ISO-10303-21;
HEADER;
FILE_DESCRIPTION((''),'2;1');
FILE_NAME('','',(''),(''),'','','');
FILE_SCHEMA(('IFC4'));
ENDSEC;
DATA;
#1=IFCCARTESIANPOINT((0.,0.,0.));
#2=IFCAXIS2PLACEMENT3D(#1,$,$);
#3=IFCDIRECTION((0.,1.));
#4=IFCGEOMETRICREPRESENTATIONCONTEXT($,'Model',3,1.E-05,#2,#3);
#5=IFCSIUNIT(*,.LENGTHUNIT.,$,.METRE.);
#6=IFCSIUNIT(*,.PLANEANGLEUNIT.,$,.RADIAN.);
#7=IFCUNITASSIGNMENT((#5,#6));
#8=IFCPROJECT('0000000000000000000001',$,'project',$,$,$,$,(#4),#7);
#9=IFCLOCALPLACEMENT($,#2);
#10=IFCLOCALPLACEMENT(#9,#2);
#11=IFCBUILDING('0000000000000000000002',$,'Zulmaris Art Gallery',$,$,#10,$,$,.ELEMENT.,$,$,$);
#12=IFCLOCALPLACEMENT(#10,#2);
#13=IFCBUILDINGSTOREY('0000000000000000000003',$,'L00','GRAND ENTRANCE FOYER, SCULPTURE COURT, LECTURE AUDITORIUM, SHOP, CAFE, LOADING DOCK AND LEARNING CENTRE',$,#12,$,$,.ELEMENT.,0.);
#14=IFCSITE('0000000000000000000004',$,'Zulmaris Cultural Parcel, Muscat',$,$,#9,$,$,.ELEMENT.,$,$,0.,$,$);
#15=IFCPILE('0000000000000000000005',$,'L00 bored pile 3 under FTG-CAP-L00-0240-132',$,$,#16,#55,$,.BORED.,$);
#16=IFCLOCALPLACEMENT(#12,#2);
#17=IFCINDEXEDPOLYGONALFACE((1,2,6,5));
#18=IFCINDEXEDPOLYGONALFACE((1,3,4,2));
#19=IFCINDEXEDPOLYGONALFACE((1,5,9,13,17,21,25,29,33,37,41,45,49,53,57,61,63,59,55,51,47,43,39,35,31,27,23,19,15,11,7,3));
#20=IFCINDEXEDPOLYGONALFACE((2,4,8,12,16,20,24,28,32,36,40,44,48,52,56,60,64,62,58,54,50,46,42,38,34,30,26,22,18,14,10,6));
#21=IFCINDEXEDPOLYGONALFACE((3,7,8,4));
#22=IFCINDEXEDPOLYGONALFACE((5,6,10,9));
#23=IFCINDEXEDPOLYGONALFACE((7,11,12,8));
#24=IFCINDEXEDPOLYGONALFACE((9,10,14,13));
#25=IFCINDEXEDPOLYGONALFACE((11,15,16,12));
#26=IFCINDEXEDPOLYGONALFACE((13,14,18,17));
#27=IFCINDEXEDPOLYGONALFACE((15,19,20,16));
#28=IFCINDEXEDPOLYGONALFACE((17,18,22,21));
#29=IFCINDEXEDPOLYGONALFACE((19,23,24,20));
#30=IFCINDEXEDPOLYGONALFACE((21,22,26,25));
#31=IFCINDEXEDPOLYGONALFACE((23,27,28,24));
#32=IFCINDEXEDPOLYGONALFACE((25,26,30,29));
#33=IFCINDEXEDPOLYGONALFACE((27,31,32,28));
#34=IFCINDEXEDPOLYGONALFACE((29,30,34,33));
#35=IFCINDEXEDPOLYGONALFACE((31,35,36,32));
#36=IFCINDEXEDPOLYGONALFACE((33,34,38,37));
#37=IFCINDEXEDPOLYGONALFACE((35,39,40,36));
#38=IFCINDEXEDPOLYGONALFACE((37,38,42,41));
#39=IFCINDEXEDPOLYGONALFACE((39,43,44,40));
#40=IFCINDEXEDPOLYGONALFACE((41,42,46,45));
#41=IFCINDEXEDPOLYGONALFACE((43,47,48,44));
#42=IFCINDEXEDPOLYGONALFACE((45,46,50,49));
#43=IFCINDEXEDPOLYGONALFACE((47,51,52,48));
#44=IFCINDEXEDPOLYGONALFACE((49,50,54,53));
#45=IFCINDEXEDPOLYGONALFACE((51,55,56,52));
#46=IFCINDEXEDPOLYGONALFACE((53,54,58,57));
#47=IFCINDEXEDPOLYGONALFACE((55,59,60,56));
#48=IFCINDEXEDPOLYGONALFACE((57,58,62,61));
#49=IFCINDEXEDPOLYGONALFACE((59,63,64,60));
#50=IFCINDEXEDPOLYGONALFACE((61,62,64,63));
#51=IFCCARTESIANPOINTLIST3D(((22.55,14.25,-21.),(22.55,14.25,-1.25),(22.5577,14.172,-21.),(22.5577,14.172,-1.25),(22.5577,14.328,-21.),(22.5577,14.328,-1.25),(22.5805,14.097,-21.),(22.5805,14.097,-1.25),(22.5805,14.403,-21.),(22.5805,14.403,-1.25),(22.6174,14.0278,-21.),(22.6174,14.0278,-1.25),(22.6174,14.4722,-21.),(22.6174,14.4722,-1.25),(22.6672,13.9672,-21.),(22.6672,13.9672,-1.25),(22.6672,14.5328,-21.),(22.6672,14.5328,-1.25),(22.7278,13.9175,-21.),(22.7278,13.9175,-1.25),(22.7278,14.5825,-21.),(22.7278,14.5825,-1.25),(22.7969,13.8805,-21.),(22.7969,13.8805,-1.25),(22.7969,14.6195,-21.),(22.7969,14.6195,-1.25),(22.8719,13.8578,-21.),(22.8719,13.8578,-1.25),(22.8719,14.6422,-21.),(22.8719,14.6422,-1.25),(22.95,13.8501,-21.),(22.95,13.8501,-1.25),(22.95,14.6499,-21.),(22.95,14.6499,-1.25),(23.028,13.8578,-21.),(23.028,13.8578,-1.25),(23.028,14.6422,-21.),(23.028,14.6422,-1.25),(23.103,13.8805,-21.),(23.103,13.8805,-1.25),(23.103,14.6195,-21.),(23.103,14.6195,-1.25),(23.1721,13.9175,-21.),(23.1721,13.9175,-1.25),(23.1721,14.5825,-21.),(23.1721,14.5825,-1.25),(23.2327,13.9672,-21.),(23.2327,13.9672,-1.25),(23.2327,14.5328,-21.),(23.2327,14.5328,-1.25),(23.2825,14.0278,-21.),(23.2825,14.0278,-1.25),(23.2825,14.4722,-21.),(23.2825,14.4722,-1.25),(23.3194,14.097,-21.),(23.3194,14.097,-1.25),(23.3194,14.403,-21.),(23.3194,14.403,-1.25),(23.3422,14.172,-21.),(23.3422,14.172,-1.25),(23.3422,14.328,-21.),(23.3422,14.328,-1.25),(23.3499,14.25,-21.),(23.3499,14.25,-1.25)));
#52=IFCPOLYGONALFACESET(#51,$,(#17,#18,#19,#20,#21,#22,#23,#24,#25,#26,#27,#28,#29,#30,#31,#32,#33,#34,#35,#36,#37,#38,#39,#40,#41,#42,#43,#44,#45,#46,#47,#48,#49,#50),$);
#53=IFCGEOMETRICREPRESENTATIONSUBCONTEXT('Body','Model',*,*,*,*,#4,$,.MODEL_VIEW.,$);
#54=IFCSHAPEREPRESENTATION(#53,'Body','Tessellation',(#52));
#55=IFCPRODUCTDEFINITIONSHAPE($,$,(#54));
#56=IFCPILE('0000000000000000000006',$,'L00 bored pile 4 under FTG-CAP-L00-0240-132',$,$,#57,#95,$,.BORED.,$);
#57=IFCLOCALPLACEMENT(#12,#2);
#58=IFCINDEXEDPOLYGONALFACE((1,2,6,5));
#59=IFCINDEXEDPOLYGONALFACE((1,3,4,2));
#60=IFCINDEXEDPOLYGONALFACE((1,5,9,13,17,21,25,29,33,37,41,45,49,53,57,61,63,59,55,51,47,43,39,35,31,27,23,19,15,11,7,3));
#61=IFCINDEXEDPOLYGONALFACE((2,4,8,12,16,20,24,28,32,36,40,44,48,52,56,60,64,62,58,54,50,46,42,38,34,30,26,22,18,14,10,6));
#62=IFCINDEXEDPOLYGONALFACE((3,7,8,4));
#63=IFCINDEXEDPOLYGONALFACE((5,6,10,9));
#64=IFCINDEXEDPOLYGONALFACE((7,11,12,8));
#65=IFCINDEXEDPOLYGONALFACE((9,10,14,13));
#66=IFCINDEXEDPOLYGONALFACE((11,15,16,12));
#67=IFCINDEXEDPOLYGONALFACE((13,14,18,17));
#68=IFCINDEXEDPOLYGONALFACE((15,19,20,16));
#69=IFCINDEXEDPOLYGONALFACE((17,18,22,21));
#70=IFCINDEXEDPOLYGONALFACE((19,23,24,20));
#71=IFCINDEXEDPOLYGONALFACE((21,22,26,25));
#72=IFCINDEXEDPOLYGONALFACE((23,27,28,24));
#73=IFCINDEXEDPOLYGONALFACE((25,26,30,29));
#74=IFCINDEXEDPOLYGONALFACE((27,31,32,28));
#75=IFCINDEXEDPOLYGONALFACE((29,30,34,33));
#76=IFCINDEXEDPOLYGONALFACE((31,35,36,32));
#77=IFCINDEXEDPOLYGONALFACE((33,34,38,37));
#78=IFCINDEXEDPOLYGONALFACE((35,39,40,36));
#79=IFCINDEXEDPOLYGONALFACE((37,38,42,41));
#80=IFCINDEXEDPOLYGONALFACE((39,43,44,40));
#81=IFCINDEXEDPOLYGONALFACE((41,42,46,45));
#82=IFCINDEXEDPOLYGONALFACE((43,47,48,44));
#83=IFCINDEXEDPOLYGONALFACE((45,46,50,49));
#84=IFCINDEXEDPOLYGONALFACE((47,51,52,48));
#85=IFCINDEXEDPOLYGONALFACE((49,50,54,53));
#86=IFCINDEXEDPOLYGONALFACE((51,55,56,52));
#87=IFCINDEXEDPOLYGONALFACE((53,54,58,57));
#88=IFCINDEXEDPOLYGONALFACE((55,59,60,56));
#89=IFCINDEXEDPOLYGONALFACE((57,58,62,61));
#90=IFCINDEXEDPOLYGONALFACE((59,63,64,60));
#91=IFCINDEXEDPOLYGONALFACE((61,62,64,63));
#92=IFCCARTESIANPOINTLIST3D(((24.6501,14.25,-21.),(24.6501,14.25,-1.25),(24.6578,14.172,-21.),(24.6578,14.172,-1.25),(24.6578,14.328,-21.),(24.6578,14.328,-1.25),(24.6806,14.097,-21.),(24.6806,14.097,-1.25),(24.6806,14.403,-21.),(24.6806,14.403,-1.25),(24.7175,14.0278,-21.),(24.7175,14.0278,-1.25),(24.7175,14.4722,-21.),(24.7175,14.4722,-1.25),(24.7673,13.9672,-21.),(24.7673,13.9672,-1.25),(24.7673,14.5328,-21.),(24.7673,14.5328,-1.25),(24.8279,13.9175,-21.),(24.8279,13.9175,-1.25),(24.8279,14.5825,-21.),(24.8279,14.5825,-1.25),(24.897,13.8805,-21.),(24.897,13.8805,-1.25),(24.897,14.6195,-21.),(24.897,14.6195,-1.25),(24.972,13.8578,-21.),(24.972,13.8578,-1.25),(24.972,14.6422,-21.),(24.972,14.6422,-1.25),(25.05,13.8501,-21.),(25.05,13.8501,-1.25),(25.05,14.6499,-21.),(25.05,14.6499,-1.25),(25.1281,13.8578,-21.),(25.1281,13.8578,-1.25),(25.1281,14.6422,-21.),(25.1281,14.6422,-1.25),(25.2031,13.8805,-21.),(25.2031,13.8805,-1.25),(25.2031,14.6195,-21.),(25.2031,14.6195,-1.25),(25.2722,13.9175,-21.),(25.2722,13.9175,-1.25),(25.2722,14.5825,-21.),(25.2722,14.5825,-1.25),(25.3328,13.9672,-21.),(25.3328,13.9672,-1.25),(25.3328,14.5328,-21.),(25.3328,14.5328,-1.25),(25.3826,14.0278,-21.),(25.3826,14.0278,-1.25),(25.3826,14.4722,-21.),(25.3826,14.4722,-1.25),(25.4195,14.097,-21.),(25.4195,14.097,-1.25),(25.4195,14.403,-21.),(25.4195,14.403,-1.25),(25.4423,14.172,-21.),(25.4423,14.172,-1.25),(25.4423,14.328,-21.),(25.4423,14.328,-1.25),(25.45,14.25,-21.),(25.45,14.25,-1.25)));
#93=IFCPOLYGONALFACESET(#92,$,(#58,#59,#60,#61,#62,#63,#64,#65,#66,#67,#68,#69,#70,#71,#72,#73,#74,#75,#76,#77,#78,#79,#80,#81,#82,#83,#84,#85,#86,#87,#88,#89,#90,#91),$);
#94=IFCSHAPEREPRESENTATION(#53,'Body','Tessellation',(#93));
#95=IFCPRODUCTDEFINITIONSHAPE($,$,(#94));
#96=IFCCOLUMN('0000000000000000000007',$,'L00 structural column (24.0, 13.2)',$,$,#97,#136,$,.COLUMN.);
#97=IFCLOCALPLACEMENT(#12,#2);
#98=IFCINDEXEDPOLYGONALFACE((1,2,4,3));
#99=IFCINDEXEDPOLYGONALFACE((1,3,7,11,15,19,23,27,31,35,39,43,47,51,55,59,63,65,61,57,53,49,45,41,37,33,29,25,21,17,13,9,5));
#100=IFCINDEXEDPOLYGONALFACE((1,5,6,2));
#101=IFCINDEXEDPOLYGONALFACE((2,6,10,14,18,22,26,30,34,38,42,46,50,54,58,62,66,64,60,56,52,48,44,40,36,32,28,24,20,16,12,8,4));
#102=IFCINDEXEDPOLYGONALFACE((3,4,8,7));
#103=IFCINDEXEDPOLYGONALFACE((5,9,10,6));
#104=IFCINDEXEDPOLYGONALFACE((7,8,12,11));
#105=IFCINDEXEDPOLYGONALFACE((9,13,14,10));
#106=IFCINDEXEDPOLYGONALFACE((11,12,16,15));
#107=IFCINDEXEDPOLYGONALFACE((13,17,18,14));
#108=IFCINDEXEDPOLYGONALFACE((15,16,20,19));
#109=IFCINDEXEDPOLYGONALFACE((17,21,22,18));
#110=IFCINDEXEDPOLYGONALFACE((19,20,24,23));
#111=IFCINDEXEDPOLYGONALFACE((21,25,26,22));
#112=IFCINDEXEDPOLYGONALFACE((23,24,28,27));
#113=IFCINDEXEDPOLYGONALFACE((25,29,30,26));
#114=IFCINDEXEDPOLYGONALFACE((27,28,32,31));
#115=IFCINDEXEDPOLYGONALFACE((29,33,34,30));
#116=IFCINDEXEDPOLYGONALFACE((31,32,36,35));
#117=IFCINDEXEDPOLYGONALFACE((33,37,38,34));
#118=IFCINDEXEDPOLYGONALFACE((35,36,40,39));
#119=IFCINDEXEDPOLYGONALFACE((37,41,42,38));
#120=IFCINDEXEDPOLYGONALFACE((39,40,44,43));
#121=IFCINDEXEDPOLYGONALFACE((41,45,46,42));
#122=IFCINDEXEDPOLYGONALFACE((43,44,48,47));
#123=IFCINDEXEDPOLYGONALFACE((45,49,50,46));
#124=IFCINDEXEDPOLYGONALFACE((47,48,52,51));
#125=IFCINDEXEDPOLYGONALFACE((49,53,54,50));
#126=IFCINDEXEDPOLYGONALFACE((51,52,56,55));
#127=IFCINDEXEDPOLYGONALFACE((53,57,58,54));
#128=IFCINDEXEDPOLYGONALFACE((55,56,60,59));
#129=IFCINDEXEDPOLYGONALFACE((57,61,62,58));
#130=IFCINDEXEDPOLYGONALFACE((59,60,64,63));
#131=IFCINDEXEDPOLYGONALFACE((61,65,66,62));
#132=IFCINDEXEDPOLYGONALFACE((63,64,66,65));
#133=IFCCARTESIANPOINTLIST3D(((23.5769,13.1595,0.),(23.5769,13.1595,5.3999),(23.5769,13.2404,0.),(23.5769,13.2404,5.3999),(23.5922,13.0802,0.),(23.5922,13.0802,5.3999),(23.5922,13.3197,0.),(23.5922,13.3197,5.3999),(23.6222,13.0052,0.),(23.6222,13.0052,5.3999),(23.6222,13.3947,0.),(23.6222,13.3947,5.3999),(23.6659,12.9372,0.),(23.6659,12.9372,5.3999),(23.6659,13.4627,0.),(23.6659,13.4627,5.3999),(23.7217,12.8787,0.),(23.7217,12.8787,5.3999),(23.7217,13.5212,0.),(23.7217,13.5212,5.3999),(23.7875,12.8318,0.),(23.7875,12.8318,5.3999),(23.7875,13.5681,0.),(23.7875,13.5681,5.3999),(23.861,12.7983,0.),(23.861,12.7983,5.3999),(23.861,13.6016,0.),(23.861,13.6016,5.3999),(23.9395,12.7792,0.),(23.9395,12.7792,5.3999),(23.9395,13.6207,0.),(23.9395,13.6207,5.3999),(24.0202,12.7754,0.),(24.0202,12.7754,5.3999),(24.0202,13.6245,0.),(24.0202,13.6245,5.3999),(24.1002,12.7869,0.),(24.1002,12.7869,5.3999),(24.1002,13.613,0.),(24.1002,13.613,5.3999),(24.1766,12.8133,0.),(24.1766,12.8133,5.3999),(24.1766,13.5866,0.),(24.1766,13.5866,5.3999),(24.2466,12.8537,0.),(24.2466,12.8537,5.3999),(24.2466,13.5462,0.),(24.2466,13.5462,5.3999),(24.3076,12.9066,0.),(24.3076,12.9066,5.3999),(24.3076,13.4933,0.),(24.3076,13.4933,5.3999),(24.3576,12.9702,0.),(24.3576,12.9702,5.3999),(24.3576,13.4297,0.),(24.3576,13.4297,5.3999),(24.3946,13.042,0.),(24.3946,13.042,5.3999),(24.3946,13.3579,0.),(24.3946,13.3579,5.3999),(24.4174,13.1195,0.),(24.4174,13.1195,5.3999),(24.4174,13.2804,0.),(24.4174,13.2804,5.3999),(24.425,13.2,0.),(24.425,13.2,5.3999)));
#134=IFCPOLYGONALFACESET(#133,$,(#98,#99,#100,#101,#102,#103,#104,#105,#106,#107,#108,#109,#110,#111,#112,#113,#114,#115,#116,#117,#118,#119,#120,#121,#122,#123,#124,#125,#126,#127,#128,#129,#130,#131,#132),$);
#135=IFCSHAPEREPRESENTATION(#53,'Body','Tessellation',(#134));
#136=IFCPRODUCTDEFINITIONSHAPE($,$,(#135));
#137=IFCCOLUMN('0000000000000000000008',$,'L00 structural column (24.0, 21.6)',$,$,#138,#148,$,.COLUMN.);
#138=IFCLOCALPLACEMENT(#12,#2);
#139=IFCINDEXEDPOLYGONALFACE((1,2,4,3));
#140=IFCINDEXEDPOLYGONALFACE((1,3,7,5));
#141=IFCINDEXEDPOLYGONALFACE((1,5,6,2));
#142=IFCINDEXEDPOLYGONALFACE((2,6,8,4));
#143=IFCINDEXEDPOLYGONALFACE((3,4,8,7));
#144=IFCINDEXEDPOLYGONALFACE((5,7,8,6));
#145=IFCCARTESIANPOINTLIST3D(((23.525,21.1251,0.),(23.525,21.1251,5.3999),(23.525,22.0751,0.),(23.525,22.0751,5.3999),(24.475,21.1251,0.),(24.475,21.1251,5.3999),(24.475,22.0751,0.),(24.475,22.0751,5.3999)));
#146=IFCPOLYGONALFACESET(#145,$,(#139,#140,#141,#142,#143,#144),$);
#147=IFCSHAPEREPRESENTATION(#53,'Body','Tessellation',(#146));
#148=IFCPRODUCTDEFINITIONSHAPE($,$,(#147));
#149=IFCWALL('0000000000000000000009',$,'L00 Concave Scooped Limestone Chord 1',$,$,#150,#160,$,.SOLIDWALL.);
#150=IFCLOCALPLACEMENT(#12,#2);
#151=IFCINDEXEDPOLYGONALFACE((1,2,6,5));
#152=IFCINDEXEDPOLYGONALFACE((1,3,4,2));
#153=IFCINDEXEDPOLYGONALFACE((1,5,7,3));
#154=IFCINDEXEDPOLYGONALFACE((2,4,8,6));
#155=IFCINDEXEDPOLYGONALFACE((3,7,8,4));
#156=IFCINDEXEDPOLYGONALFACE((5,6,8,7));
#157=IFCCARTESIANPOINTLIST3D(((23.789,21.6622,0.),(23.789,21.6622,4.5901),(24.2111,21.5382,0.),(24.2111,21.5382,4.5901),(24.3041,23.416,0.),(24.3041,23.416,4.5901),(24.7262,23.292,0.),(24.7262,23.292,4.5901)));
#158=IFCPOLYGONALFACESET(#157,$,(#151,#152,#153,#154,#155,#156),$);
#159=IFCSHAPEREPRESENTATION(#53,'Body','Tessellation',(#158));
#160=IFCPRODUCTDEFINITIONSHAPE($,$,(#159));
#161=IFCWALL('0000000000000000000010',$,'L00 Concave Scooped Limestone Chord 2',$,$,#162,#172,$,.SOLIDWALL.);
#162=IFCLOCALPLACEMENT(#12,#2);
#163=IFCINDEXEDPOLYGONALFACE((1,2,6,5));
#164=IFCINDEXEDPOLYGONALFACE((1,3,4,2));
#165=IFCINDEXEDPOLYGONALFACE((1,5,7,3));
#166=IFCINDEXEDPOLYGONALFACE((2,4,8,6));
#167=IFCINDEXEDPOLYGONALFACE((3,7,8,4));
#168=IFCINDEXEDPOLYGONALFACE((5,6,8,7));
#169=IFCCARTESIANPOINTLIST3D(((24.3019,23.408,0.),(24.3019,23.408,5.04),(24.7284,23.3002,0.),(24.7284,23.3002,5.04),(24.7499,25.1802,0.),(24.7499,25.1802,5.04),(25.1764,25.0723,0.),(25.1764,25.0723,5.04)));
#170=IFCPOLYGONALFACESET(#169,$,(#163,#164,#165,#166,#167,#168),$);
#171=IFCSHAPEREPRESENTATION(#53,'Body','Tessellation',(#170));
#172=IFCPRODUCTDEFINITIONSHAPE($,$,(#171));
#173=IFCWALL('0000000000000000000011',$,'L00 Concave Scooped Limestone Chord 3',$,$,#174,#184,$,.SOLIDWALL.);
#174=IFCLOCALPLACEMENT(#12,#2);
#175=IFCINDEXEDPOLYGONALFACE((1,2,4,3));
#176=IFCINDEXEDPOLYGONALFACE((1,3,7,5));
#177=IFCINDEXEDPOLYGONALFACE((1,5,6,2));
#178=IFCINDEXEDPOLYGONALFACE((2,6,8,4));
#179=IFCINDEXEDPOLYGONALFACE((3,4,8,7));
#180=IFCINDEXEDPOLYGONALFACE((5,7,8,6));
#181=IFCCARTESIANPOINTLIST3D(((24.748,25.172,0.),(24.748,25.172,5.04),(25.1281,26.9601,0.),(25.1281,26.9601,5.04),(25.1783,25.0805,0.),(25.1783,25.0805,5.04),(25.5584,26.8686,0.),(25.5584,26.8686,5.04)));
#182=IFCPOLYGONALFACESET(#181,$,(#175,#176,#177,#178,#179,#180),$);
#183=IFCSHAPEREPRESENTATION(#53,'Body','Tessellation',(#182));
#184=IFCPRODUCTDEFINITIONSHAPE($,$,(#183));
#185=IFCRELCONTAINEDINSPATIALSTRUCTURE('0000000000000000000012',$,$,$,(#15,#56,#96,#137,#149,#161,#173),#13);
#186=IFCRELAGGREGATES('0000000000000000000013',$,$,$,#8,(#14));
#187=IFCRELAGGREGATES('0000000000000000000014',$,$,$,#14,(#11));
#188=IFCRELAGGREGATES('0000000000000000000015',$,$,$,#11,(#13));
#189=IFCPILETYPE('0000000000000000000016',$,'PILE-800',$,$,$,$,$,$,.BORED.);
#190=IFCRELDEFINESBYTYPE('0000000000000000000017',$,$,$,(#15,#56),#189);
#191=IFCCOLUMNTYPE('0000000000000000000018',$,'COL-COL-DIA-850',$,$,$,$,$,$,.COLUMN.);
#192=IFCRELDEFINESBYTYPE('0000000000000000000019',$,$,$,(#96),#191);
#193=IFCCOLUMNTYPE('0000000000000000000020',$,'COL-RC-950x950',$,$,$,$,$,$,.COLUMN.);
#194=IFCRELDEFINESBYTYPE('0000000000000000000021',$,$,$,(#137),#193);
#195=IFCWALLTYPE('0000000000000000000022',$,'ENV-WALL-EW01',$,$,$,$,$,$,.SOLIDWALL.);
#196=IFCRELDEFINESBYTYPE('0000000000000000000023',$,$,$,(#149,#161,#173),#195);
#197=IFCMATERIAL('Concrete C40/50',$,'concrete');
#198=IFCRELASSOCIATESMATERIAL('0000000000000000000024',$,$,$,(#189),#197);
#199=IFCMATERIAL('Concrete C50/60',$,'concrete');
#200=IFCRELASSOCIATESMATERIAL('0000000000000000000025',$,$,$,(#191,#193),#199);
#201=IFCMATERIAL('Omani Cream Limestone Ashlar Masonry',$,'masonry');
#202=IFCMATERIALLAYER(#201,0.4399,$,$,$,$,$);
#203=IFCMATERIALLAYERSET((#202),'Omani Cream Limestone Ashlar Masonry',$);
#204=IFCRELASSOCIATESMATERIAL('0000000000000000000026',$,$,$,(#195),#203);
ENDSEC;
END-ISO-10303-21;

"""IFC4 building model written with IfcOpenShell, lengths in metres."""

from ifc_helpers import new_model, si_unit, direction, frame, frame_2d, origin, origin_2d, place, context, subcontext, project, spatial, rectangle, circle, extrude, material, layer, layer_set, material_profile, profile_set, type_object, element, save


model = new_model("IFC4")

# Units and contexts
model_context = context("Model", 3, precision=1e-05, world=origin(), true_north=direction((0.0, 1.0)))
body_context = subcontext(model_context, "Body", "Model", "MODEL_VIEW")
ifc_project = project(units=[si_unit("LENGTHUNIT", "METRE"), si_unit("PLANEANGLEUNIT", "RADIAN")], contexts=[model_context])

# Site, building, storey
site_placement = place(None, origin())
site = spatial("IfcSite", under=ifc_project, at=site_placement, Name="Zulmaris Cultural Parcel, Muscat", CompositionType="ELEMENT", RefElevation=0.0)
building_placement = place(site_placement, origin())
building = spatial("IfcBuilding", under=site, at=building_placement, Name="Zulmaris Art Gallery", CompositionType="ELEMENT")
storey_placement = place(building_placement, origin())
storey = spatial("IfcBuildingStorey", under=building, at=storey_placement, Name="L00", Description="GRAND ENTRANCE FOYER, SCULPTURE COURT, LECTURE AUDITORIUM, SHOP, CAFE, LOADING DOCK AND LEARNING CENTRE", CompositionType="ELEMENT", Elevation=0.0)

# Piles
ifc_material_1 = material(Name="Concrete C40/50", Category="concrete")
ifc_material_profile_1 = material_profile(ifc_material_1, circle(Radius=0.3999, at=origin_2d()), Name="PILE DIA 800")
ifc_profile_set_1 = profile_set([ifc_material_profile_1], Name="Concrete C40/50")
pile_type_1 = type_object("IfcPileType", Name="PILE-800", PredefinedType="BORED", material=ifc_profile_set_1)
for number, where, z_axis, x_axis, name in (
    (1, (22.95, 14.25, -1.25), (0.0, 0.0, -1.0), (1.0, 0.0, 0.0), "L00 bored pile 3 under FTG-CAP-L00-0240-132"),
    (2, (25.05, 14.25, -1.25), (0.0, 0.0, -1.0), (1.0, 0.0, 0.0), "L00 bored pile 4 under FTG-CAP-L00-0240-132"),
):
    element("IfcPile", number, at=place(storey_placement, frame(where, z_axis=z_axis, x_axis=x_axis)), inside=storey, type_object=pile_type_1, Name=name, PredefinedType="BORED", context=body_context, shape_type="SweptSolid", body=[
        extrude(circle(Radius=0.3999, at=origin_2d()), origin(), (0.0, 0.0, 1.0), 19.75),
    ])

# Columns
ifc_material_2 = material(Name="Concrete C50/60", Category="concrete")
ifc_material_profile_2 = material_profile(ifc_material_2, circle(Radius=0.425, at=origin_2d()), Name="COL DIA 850")
ifc_profile_set_2 = profile_set([ifc_material_profile_2], Name="Concrete C50/60")
column_type_1 = type_object("IfcColumnType", Name="COL-COL-DIA-850", PredefinedType="COLUMN", material=ifc_profile_set_2)
column_1_placement = place(storey_placement, frame((24.0, 13.2, 0.0), z_axis=(0.0, 0.0, 1.0), x_axis=(1.0, 0.0, 0.0)))
element("IfcColumn", 3, at=column_1_placement, inside=storey, type_object=column_type_1, Name="L00 structural column (24.0, 13.2)", PredefinedType="COLUMN", context=body_context, shape_type="SweptSolid", body=[
    extrude(circle(Radius=0.425, at=origin_2d()), origin(), (0.0, 0.0, 1.0), 5.3999),
])
ifc_material_profile_3 = material_profile(ifc_material_2, rectangle(XDim=0.95, YDim=0.95, at=origin_2d()), Name="RC 950x950")
ifc_profile_set_3 = profile_set([ifc_material_profile_3], Name="Concrete C50/60")
column_type_2 = type_object("IfcColumnType", Name="COL-RC-950x950", PredefinedType="COLUMN", material=ifc_profile_set_3)
column_2_placement = place(storey_placement, frame((24.0, 21.6001, 0.0), z_axis=(0.0, 0.0, 1.0), x_axis=(1.0, 0.0, 0.0)))
element("IfcColumn", 4, at=column_2_placement, inside=storey, type_object=column_type_2, Name="L00 structural column (24.0, 21.6)", PredefinedType="COLUMN", context=body_context, shape_type="SweptSolid", body=[
    extrude(rectangle(XDim=0.95, YDim=0.95, at=origin_2d()), origin(), (0.0, 0.0, 1.0), 5.3999),
])

# Walls
ifc_material_3 = material(Name="Omani Cream Limestone Ashlar Masonry", Category="masonry")
ifc_layer_1 = layer(ifc_material_3, 0.4399)
ifc_layer_set_1 = layer_set([ifc_layer_1], Name="Omani Cream Limestone Ashlar Masonry")
wall_type_1 = type_object("IfcWallType", Name="ENV-WALL-EW01", PredefinedType="SOLIDWALL", material=ifc_layer_set_1)
wall_1_placement = place(storey_placement, frame((24.0, 21.6001, 0.0), z_axis=(0.0, 0.0, 1.0), x_axis=(0.281805, 0.959472, 0.0)))
element("IfcWall", 5, at=wall_1_placement, inside=storey, type_object=wall_type_1, Name="L00 Concave Scooped Limestone Chord 1", PredefinedType="SOLIDWALL", context=body_context, shape_type="SweptSolid", body=[
    extrude(rectangle(XDim=1.8279, YDim=0.4399, at=frame_2d((0.9141, 0.0))), origin(), (0.0, 0.0, 1.0), 4.5901),
])
wall_2_placement = place(storey_placement, frame((24.5151, 23.354, 0.0), z_axis=(0.0, 0.0, 1.0), x_axis=(0.24508, 0.969503, 0.0)))
element("IfcWall", 6, at=wall_2_placement, inside=storey, type_object=wall_type_1, Name="L00 Concave Scooped Limestone Chord 2", PredefinedType="SOLIDWALL", context=body_context, shape_type="SweptSolid", body=[
    extrude(rectangle(XDim=1.8279, YDim=0.4399, at=frame_2d((0.9141, 0.0))), origin(), (0.0, 0.0, 1.0), 5.04),
])
wall_3_placement = place(storey_placement, frame((24.9631, 25.1262, 0.0), z_axis=(0.0, 0.0, 1.0), x_axis=(0.207942, 0.978141, 0.0)))
element("IfcWall", 7, at=wall_3_placement, inside=storey, type_object=wall_type_1, Name="L00 Concave Scooped Limestone Chord 3", PredefinedType="SOLIDWALL", context=body_context, shape_type="SweptSolid", body=[
    extrude(rectangle(XDim=1.8281, YDim=0.4399, at=frame_2d((0.9141, 0.0))), origin(), (0.0, 0.0, 1.0), 5.04),
])

save(model, "model.ifc")
